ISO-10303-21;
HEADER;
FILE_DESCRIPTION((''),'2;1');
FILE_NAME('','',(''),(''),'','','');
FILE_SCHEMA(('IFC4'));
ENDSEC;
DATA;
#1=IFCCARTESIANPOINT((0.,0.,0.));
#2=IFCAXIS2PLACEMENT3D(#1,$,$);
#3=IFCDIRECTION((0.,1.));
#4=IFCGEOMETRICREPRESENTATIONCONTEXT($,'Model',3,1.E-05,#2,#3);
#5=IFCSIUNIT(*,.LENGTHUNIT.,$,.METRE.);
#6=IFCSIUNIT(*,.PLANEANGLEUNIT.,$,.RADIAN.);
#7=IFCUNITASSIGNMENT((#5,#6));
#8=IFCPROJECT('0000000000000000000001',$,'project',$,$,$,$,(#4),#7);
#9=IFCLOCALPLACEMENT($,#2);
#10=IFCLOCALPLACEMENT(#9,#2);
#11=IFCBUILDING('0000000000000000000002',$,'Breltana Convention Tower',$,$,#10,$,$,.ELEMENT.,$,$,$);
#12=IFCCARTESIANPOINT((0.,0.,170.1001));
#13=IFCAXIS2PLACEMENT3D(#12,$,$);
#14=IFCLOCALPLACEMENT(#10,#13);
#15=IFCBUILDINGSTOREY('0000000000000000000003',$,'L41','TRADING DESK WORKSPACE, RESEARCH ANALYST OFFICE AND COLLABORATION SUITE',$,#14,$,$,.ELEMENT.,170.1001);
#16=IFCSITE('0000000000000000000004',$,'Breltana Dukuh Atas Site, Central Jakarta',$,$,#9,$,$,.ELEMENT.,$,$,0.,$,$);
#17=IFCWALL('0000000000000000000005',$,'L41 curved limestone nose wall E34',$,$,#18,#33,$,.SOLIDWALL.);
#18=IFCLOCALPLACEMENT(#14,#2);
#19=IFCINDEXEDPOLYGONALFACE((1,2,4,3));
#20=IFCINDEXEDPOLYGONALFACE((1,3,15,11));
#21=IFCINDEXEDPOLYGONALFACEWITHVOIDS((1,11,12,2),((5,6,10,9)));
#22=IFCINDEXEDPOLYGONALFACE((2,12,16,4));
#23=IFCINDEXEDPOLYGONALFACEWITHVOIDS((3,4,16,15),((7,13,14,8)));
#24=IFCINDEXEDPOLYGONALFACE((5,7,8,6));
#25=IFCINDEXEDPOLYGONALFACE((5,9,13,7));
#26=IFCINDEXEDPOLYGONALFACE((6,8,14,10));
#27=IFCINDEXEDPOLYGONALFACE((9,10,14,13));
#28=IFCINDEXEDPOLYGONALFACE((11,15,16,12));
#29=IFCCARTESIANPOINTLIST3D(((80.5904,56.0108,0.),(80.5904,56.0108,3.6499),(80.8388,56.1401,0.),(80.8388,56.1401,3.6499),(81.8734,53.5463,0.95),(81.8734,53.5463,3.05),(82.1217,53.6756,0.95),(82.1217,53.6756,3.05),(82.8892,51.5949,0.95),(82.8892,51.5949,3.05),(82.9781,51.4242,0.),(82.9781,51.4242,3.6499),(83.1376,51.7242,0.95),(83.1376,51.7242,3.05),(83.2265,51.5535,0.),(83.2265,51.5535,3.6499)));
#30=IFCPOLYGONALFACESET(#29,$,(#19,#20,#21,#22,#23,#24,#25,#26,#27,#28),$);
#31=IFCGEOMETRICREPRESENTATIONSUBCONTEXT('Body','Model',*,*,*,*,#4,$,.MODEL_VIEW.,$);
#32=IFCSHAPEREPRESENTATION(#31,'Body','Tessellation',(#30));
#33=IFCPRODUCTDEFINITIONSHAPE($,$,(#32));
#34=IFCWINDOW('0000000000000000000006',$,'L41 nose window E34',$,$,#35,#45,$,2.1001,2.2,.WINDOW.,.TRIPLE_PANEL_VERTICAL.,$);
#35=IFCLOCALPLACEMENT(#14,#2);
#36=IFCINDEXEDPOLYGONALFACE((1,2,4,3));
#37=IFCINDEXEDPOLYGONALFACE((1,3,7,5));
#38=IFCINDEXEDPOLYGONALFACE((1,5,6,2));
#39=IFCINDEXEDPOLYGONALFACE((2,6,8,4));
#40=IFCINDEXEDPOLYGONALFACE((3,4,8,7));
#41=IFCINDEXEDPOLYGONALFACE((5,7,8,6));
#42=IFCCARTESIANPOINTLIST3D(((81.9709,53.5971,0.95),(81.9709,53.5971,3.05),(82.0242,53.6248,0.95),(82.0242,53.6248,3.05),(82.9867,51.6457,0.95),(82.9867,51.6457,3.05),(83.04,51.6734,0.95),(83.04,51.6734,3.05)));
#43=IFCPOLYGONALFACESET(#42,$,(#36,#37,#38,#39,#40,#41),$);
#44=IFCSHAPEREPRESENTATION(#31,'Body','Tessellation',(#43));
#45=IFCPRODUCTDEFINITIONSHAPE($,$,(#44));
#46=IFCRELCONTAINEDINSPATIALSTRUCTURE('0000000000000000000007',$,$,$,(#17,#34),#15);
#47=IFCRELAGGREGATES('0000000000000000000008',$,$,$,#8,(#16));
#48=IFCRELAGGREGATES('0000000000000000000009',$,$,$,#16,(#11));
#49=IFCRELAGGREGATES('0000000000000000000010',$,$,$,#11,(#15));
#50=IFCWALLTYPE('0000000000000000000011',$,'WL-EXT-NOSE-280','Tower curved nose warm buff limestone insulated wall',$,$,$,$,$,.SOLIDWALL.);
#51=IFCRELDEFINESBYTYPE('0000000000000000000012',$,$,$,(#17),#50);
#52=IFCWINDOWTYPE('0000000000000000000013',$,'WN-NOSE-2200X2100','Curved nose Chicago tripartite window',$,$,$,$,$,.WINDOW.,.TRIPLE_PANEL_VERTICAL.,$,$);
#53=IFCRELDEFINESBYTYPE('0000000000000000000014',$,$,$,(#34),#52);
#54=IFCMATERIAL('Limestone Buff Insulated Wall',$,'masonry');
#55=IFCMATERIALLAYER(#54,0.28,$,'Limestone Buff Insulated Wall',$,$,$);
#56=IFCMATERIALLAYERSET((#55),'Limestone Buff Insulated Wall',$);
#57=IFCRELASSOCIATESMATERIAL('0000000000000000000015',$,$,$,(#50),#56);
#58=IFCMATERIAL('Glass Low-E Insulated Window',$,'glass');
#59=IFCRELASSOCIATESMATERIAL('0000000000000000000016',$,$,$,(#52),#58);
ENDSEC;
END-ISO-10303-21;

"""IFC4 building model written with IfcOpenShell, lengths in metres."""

from ifc_helpers import new_model, si_unit, direction, frame, frame_2d, origin, place, context, subcontext, project, spatial, rectangle, extrude, source, transform, mapped, material, layer, layer_set, type_object, type_shapes, element, fill, save


model = new_model("IFC4")

# Units and contexts
model_context = context("Model", 3, precision=1e-05, world=origin(), true_north=direction((0.0, 1.0)))
body_context = subcontext(model_context, "Body", "Model", "MODEL_VIEW")
ifc_project = project(units=[si_unit("LENGTHUNIT", "METRE"), si_unit("PLANEANGLEUNIT", "RADIAN")], contexts=[model_context])

# Site, building, storey
site_placement = place(None, origin())
site = spatial("IfcSite", under=ifc_project, at=site_placement, Name="Breltana Dukuh Atas Site, Central Jakarta", CompositionType="ELEMENT", RefElevation=0.0)
building_placement = place(site_placement, origin())
building = spatial("IfcBuilding", under=site, at=building_placement, Name="Breltana Convention Tower", CompositionType="ELEMENT")
storey_placement = place(building_placement, frame((0.0, 0.0, 170.1001)))
storey = spatial("IfcBuildingStorey", under=building, at=storey_placement, Name="L41", Description="TRADING DESK WORKSPACE, RESEARCH ANALYST OFFICE AND COLLABORATION SUITE", CompositionType="ELEMENT", Elevation=170.1001)

# Wall, opening, window
ifc_material_1 = material(Name="Limestone Buff Insulated Wall", Category="masonry")
ifc_layer_1 = layer(ifc_material_1, 0.28, Name="Limestone Buff Insulated Wall")
ifc_layer_set_1 = layer_set([ifc_layer_1], Name="Limestone Buff Insulated Wall")
wall_type = type_object("IfcWallType", Name="WL-EXT-NOSE-280", Description="Tower curved nose warm buff limestone insulated wall", PredefinedType="SOLIDWALL", material=ifc_layer_set_1)
ifc_material_2 = material(Name="Glass Low-E Insulated Window", Category="glass")
window_type = type_object("IfcWindowType", Name="WN-NOSE-2200X2100", Description="Curved nose Chicago tripartite window", PartitioningType="TRIPLE_PANEL_VERTICAL", PredefinedType="WINDOW", material=ifc_material_2)
shared_shape_1 = source(origin(), body_context, "Body", "SweptSolid", [
    extrude(rectangle(XDim=2.2, YDim=2.1001, at=frame_2d((1.1001, 1.05))), frame((0.0, 0.03, 0.0), z_axis=(0.0, -1.0, 0.0), x_axis=(1.0, 0.0, 0.0)), (0.0, 0.0, 1.0), 0.0601),
])
type_shapes(window_type, [shared_shape_1])
shared_shape_2 = source(origin(), body_context, "Body", "SweptSolid", [
    extrude(rectangle(XDim=5.1709, YDim=0.28, at=frame_2d((2.5854, 0.0))), origin(), (0.0, 0.0, 1.0), 3.6499),
])
wall_1_placement = place(storey_placement, frame((80.7146, 56.0754, 0.0), z_axis=(0.0, 0.0, 1.0), x_axis=(0.461753, -0.887009, 0.0)))
wall_1 = element("IfcWall", 1, at=wall_1_placement, inside=storey, type_object=wall_type, Name="L41 curved limestone nose wall E34", PredefinedType="SOLIDWALL", context=body_context, shape_type="MappedRepresentation", body=[
    mapped(shared_shape_2, transform((0.0, 0.0, 0.0), scale=1.0)),
])
opening_1_placement = place(wall_1_placement, frame((2.7783, 0.0, 0.95)))
opening_1 = element("IfcOpeningElement", 2, at=opening_1_placement, cuts=wall_1, PredefinedType="OPENING", context=body_context, shape_type="SweptSolid", body=[
    extrude(rectangle(XDim=2.2, YDim=2.1001, at=frame_2d((1.1001, 1.05))), frame((0.0, 0.1499, 0.0), z_axis=(0.0, -1.0, 0.0), x_axis=(1.0, 0.0, 0.0)), (0.0, 0.0, 1.0), 0.3),
])
window_1_placement = place(opening_1_placement, origin())
window_1 = element("IfcWindow", 3, at=window_1_placement, inside=storey, type_object=window_type, Name="L41 nose window E34", OverallHeight=2.1001, OverallWidth=2.2, PartitioningType="TRIPLE_PANEL_VERTICAL", PredefinedType="WINDOW", context=body_context, shape_type="MappedRepresentation", body=[
    mapped(shared_shape_1, transform((0.0, 0.0, 0.0), scale=1.0)),
])
fill(opening_1, window_1)

save(model, "model.ifc")
